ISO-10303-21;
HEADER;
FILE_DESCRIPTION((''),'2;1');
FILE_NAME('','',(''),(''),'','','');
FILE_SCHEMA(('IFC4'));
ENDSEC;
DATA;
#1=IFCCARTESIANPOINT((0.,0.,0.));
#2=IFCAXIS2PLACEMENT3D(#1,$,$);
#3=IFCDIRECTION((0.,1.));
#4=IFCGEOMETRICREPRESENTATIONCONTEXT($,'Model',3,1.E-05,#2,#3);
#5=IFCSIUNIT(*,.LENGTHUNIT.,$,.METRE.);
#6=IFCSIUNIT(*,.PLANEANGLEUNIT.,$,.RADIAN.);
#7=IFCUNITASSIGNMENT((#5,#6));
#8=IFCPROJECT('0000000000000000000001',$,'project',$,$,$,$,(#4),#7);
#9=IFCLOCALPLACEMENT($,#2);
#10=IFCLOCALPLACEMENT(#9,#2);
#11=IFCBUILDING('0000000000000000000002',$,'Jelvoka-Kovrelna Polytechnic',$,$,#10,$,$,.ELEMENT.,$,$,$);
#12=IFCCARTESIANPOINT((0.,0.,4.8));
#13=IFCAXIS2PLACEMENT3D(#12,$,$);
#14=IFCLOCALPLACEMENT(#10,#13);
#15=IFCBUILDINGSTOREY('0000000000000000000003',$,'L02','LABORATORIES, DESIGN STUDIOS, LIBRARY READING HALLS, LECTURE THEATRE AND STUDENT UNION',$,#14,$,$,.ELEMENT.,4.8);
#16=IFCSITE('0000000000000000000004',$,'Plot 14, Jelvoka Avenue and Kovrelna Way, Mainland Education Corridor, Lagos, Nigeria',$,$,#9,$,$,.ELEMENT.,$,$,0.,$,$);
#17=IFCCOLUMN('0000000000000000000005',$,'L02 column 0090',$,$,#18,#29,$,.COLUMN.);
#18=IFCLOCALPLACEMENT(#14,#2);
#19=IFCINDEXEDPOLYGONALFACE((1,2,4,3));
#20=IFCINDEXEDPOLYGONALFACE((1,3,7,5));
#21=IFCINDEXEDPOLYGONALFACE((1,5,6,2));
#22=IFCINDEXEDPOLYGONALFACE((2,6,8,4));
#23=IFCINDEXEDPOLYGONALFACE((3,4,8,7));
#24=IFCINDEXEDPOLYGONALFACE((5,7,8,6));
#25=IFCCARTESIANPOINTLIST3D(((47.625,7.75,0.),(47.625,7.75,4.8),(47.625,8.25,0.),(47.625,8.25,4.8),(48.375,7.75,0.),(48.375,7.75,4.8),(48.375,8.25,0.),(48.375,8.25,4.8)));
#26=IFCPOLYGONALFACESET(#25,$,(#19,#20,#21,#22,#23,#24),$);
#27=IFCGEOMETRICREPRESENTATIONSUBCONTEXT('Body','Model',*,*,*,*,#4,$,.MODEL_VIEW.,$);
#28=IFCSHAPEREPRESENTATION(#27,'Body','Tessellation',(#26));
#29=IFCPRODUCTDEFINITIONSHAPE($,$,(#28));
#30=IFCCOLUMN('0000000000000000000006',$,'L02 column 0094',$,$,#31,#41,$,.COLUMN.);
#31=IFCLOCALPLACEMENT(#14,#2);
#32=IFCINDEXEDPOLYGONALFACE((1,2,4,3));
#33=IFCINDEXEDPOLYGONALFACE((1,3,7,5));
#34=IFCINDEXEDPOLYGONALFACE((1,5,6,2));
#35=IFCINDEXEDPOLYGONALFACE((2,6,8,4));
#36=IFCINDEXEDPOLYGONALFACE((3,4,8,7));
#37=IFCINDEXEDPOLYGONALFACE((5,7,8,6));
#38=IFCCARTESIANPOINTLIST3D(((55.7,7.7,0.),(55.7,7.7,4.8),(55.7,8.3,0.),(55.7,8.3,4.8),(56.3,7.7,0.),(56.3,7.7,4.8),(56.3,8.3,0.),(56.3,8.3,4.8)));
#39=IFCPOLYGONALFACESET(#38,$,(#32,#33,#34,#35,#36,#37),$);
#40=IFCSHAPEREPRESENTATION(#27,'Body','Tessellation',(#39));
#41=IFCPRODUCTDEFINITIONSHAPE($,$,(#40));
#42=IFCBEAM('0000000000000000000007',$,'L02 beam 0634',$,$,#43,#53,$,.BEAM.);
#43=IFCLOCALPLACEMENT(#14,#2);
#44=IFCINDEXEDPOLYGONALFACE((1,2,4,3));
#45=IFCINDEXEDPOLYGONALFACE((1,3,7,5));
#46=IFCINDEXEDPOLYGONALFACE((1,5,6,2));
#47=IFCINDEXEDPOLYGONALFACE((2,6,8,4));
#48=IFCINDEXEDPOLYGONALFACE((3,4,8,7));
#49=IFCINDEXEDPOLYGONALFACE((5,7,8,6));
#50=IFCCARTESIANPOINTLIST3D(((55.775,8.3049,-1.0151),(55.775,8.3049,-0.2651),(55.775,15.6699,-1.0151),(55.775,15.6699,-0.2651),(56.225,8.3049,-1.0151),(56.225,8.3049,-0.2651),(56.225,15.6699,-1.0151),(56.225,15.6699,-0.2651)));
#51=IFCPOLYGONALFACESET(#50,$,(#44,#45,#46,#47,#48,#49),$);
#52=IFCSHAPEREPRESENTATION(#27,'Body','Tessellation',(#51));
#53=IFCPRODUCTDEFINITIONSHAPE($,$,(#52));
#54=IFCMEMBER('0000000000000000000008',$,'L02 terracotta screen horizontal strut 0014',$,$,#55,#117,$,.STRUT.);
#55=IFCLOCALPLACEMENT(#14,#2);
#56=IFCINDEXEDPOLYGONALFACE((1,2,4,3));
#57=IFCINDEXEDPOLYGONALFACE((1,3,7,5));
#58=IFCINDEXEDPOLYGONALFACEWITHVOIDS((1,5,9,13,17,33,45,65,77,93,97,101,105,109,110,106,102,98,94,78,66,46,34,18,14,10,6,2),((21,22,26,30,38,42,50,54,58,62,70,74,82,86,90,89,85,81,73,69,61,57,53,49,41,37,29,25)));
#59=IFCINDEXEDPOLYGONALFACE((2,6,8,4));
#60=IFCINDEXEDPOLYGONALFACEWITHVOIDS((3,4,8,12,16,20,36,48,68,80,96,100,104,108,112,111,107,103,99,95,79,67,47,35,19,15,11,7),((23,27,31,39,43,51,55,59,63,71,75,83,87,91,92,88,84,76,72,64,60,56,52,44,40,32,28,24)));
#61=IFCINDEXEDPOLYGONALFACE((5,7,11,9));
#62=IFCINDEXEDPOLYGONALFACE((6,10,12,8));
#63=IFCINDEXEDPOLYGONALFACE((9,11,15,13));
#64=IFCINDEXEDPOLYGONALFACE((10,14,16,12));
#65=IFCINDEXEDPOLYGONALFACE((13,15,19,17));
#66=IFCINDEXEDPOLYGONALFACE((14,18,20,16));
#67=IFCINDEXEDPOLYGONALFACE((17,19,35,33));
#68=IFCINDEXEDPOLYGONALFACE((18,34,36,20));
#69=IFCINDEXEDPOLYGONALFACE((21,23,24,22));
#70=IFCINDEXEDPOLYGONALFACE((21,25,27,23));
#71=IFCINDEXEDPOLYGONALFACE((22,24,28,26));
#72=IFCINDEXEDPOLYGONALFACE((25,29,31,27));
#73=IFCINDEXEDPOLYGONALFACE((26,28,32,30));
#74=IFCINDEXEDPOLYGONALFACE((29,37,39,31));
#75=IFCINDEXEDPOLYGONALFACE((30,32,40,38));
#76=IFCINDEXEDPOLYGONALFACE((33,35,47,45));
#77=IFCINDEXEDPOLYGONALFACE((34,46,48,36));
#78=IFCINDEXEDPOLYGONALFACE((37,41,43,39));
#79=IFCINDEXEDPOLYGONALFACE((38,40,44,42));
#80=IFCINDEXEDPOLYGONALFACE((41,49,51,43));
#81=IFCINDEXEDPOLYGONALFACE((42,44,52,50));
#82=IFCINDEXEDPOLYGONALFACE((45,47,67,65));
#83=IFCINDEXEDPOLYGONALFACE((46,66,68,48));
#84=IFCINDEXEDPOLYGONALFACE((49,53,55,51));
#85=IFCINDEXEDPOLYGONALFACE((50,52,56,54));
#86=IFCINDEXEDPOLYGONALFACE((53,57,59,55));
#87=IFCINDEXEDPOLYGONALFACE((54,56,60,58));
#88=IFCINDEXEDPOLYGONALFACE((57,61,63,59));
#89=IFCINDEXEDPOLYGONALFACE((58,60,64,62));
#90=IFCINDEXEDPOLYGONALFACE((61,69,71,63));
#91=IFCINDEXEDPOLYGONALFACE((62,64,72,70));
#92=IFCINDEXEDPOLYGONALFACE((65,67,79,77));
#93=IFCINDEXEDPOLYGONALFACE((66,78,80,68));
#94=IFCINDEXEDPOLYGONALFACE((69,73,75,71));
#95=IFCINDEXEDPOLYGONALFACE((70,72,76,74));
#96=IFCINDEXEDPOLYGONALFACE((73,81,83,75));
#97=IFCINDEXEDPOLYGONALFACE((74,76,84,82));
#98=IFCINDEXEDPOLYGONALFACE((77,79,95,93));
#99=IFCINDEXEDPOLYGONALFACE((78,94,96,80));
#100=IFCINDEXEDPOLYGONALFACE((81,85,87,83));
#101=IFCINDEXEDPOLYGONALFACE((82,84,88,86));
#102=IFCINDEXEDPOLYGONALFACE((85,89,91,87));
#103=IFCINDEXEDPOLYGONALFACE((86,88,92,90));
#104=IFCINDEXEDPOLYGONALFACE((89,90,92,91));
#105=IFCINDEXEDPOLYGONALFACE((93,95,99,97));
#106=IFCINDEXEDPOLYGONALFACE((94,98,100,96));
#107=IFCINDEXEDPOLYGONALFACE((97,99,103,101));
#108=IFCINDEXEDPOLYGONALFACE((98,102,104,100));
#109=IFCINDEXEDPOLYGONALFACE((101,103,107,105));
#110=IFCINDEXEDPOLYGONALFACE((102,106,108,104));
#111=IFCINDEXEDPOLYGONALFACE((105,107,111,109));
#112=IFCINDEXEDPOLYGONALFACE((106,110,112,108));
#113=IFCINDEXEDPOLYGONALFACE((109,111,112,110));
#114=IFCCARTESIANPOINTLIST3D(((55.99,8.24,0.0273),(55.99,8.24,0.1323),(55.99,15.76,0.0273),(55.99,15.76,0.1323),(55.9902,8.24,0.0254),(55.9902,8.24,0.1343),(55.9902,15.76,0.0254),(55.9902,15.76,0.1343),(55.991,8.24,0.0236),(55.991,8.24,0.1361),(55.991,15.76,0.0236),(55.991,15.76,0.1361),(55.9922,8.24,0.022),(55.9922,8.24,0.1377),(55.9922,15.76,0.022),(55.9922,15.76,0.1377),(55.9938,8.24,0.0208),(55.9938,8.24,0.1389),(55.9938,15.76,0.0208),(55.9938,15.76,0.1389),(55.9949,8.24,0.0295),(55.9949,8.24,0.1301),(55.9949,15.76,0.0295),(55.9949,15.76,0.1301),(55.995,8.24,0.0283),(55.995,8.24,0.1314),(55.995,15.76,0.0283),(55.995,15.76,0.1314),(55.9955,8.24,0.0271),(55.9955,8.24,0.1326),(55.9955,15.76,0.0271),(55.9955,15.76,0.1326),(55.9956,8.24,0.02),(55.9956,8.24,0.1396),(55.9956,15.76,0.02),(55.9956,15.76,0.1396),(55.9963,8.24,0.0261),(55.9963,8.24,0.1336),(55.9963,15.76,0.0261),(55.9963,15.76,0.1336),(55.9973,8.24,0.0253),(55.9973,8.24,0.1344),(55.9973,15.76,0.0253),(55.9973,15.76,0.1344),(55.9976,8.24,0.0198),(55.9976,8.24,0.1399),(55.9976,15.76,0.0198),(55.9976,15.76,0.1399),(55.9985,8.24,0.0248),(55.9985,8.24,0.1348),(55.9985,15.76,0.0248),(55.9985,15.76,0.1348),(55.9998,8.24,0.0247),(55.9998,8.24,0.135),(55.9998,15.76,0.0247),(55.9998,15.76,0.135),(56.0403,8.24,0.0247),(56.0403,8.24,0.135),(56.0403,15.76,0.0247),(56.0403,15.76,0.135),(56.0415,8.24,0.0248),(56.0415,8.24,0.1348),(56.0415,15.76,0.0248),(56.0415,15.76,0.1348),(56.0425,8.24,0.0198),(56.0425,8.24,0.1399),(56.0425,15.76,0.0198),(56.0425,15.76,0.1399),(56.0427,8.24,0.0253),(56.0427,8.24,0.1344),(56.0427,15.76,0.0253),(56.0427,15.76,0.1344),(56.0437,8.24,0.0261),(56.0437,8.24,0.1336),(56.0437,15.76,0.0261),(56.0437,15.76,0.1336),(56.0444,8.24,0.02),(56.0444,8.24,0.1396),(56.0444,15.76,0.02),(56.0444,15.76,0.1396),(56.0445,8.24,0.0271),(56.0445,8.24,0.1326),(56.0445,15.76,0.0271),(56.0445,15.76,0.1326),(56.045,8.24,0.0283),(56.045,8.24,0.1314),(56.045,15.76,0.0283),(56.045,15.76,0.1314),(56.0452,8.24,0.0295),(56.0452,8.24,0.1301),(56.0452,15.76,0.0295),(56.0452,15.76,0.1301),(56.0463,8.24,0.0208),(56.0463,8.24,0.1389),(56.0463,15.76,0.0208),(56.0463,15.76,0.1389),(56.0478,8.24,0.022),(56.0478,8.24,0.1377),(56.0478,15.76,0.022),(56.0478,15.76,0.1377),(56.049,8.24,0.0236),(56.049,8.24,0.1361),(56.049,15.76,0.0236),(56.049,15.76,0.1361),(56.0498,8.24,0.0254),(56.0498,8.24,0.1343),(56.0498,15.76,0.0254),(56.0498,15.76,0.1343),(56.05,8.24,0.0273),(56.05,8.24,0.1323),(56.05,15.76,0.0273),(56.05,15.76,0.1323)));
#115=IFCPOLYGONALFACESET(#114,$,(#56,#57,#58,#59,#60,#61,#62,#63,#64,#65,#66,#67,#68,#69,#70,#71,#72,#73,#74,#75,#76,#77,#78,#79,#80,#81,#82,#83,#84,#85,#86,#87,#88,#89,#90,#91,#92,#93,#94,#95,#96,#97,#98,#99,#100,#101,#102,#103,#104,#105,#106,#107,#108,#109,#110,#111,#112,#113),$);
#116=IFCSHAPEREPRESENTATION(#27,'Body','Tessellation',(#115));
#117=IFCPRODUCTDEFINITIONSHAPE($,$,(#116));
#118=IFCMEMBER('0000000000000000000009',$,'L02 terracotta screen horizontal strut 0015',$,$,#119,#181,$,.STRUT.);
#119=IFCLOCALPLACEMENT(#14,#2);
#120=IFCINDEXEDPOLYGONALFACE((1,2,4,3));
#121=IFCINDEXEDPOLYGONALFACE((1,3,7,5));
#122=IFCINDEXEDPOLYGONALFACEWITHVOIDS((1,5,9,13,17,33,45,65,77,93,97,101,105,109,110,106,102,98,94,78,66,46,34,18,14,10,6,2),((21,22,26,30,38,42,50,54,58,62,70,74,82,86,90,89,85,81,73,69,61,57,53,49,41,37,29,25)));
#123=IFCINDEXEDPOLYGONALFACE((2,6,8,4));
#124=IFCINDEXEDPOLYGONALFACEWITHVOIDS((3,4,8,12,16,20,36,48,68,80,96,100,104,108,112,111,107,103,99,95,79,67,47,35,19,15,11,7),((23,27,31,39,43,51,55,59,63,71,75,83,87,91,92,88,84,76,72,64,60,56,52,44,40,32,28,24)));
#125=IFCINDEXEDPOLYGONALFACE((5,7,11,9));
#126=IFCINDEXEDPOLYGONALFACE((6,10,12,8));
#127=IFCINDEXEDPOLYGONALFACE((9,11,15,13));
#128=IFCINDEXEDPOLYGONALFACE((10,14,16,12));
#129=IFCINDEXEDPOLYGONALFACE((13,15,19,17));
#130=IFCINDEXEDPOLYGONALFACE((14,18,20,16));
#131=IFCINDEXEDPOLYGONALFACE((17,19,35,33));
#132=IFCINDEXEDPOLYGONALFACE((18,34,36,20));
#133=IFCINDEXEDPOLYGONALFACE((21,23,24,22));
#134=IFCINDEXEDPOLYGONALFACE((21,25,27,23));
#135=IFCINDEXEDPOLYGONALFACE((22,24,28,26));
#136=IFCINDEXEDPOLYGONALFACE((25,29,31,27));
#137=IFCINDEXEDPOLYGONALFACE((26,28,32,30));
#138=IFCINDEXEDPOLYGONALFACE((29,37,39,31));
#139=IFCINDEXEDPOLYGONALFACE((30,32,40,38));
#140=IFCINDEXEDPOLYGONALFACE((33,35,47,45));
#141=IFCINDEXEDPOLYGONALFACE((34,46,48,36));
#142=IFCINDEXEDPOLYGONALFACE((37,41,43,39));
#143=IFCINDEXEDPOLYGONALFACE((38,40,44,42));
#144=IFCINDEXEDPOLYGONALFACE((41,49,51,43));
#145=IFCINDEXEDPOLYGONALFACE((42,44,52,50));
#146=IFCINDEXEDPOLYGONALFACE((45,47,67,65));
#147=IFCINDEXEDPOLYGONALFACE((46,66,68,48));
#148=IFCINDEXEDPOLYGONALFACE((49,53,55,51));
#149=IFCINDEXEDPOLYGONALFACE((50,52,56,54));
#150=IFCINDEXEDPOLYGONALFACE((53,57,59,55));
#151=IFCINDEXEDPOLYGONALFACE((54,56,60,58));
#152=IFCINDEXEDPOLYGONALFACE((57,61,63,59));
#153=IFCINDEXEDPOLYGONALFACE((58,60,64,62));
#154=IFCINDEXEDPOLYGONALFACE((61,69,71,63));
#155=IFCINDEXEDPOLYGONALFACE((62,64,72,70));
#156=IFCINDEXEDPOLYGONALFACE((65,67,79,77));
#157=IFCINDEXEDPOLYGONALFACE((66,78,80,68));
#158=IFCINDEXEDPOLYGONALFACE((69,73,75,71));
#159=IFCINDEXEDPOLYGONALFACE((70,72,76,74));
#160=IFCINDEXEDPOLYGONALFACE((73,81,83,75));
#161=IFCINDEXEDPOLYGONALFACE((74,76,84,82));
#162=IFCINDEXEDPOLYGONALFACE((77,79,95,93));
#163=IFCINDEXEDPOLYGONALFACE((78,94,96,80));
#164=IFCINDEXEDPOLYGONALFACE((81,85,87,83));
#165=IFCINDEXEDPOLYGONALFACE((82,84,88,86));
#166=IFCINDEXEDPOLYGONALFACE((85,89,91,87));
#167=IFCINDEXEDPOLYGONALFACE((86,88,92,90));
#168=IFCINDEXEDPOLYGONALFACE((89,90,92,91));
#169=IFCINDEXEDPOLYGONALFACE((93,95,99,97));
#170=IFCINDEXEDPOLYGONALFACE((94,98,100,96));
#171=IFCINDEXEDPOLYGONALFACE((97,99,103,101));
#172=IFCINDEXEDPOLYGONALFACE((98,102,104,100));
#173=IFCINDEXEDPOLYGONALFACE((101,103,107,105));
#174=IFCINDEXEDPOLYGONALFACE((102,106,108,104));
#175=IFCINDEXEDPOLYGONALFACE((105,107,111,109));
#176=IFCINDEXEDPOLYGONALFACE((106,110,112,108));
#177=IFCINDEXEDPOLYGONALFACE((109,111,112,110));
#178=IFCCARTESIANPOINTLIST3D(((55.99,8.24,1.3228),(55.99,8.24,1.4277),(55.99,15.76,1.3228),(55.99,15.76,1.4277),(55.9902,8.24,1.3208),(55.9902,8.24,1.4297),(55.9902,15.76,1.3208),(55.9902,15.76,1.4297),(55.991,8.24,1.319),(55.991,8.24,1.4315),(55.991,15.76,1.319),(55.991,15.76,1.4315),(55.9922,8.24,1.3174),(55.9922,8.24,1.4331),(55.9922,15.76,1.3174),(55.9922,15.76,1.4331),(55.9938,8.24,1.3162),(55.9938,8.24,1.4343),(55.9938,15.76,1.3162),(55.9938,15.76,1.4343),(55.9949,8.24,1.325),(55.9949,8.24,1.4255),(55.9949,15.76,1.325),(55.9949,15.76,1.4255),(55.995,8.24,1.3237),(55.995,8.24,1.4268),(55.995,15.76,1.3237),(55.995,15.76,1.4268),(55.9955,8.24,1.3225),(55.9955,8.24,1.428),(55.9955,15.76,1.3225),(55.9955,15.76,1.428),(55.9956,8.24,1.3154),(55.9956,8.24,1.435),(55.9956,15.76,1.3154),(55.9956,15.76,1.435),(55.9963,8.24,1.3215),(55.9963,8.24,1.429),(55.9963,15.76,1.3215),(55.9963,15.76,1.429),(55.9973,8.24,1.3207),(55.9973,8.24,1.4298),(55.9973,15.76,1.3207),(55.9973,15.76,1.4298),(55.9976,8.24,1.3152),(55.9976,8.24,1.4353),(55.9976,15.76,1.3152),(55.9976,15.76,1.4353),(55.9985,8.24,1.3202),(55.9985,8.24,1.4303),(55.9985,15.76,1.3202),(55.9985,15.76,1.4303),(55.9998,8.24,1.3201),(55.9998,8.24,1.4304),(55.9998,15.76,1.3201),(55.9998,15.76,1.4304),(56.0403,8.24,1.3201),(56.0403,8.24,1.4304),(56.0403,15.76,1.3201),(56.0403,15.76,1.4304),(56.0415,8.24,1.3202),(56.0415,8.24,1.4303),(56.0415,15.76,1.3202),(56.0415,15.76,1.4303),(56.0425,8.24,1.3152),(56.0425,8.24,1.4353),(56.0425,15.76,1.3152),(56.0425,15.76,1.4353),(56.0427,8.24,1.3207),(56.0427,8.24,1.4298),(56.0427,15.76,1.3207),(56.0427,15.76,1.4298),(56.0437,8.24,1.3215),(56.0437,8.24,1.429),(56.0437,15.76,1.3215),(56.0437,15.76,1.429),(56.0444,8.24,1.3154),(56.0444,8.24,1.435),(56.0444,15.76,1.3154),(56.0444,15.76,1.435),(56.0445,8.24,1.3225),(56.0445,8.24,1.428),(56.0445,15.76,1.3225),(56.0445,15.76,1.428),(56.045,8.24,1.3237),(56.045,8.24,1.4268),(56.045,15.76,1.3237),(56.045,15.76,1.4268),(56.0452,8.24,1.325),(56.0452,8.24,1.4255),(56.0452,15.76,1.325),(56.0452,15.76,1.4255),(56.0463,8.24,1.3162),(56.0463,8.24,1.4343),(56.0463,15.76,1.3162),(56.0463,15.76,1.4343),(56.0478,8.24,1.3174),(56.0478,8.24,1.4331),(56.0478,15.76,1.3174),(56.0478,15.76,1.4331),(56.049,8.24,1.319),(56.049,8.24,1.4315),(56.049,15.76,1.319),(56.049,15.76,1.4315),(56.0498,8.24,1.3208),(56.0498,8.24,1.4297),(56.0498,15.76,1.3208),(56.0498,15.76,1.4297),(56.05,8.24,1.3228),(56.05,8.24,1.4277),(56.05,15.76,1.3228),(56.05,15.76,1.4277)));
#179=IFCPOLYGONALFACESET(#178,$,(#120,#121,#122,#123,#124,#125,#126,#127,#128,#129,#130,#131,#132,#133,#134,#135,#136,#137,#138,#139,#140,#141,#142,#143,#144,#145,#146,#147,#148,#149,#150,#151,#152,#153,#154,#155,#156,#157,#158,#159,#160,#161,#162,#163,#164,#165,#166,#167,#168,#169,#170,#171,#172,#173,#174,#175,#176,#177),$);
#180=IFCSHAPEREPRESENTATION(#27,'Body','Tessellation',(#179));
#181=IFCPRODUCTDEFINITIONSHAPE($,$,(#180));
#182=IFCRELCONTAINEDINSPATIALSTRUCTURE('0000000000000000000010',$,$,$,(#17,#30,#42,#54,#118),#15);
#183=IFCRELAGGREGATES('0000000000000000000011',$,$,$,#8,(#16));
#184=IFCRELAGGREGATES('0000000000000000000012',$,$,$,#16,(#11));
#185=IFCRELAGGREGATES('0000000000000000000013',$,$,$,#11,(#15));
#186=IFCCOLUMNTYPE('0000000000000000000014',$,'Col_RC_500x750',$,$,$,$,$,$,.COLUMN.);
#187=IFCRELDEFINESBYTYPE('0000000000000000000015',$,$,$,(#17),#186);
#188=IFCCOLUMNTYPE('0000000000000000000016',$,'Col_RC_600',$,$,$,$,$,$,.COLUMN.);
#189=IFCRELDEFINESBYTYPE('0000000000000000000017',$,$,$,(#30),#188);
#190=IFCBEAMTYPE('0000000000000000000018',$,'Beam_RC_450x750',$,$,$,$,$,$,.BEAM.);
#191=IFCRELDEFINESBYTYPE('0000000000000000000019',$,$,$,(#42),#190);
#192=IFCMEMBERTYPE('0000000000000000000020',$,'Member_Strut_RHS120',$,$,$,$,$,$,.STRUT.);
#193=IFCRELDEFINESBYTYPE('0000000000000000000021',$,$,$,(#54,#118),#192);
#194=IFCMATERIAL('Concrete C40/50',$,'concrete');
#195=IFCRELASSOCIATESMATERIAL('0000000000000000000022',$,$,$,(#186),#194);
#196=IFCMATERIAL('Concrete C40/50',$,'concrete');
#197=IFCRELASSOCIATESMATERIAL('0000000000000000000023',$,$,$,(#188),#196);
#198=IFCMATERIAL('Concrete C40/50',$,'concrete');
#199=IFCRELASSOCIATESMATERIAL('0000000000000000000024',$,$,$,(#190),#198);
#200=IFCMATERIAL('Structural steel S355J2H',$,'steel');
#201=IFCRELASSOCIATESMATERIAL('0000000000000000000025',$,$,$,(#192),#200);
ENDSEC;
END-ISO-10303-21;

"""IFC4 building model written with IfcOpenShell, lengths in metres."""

from ifc_helpers import new_model, si_unit, direction, frame, origin, origin_2d, place, context, subcontext, project, spatial, rectangle, hollow_rectangle, extrude, material, material_profile, profile_set, type_object, element, save


model = new_model("IFC4")

# Units and contexts
model_context = context("Model", 3, precision=1e-05, world=origin(), true_north=direction((0.0, 1.0)))
body_context = subcontext(model_context, "Body", "Model", "MODEL_VIEW")
ifc_project = project(units=[si_unit("LENGTHUNIT", "METRE"), si_unit("PLANEANGLEUNIT", "RADIAN")], contexts=[model_context])

# Site, building, storey
site_placement = place(None, origin())
site = spatial("IfcSite", under=ifc_project, at=site_placement, Name="Plot 14, Jelvoka Avenue and Kovrelna Way, Mainland Education Corridor, Lagos, Nigeria", CompositionType="ELEMENT", RefElevation=0.0)
building_placement = place(site_placement, origin())
building = spatial("IfcBuilding", under=site, at=building_placement, Name="Jelvoka-Kovrelna Polytechnic", CompositionType="ELEMENT")
storey_placement = place(building_placement, frame((0.0, 0.0, 4.8)))
storey = spatial("IfcBuildingStorey", under=building, at=storey_placement, Name="L02", Description="LABORATORIES, DESIGN STUDIOS, LIBRARY READING HALLS, LECTURE THEATRE AND STUDENT UNION", CompositionType="ELEMENT", Elevation=4.8)

# Columns
ifc_material_1 = material(Name="Concrete C40/50", Category="concrete")
ifc_material_profile_1 = material_profile(ifc_material_1, rectangle(XDim=0.5, YDim=0.75, at=origin_2d()), Name="RC 500x750")
ifc_profile_set_1 = profile_set([ifc_material_profile_1], Name="Concrete C40/50")
column_type_1 = type_object("IfcColumnType", Name="Col_RC_500x750", PredefinedType="COLUMN", material=ifc_profile_set_1)
column_1_placement = place(storey_placement, frame((48.0, 8.0, 0.0), z_axis=(0.0, 0.0, 1.0), x_axis=(0.0, 1.0, 0.0)))
element("IfcColumn", 1, at=column_1_placement, inside=storey, type_object=column_type_1, Name="L02 column 0090", PredefinedType="COLUMN", context=body_context, shape_type="SweptSolid", body=[
    extrude(rectangle(XDim=0.5, YDim=0.75, at=origin_2d()), origin(), (0.0, 0.0, 1.0), 4.8),
])
ifc_material_2 = material(Name="Concrete C40/50", Category="concrete")
ifc_material_profile_2 = material_profile(ifc_material_2, rectangle(XDim=0.6001, YDim=0.6001, at=origin_2d()), Name="RC 600x600")
ifc_profile_set_2 = profile_set([ifc_material_profile_2], Name="Concrete C40/50")
column_type_2 = type_object("IfcColumnType", Name="Col_RC_600", PredefinedType="COLUMN", material=ifc_profile_set_2)
column_2_placement = place(storey_placement, frame((56.0, 8.0, 0.0), z_axis=(0.0, 0.0, 1.0), x_axis=(1.0, 0.0, 0.0)))
element("IfcColumn", 2, at=column_2_placement, inside=storey, type_object=column_type_2, Name="L02 column 0094", PredefinedType="COLUMN", context=body_context, shape_type="SweptSolid", body=[
    extrude(rectangle(XDim=0.6001, YDim=0.6001, at=origin_2d()), origin(), (0.0, 0.0, 1.0), 4.8),
])

# Beam
ifc_material_3 = material(Name="Concrete C40/50", Category="concrete")
ifc_material_profile_3 = material_profile(ifc_material_3, rectangle(XDim=0.45, YDim=0.75, at=origin_2d()), Name="RC 450x750")
ifc_profile_set_3 = profile_set([ifc_material_profile_3], Name="Concrete C40/50")
beam_type = type_object("IfcBeamType", Name="Beam_RC_450x750", PredefinedType="BEAM", material=ifc_profile_set_3)
beam_placement = place(storey_placement, frame((56.0, 8.3049, -0.6401), z_axis=(0.0, 1.0, 0.0), x_axis=(-1.0, 0.0, 0.0)))
element("IfcBeam", 3, at=beam_placement, inside=storey, type_object=beam_type, Name="L02 beam 0634", PredefinedType="BEAM", context=body_context, shape_type="SweptSolid", body=[
    extrude(rectangle(XDim=0.45, YDim=0.75, at=origin_2d()), origin(), (0.0, 0.0, 1.0), 7.365),
])

# Members
ifc_material_4 = material(Name="Structural steel S355J2H", Category="steel")
ifc_material_profile_4 = material_profile(ifc_material_4, hollow_rectangle(XDim=0.0601, YDim=0.1201, WallThickness=0.0049, InnerFilletRadius=0.0049, OuterFilletRadius=0.0076, at=origin_2d()), Name="120x60x5.0 RHS")
ifc_profile_set_4 = profile_set([ifc_material_profile_4], Name="Structural steel S355J2H")
member_type_1 = type_object("IfcMemberType", Name="Member_Strut_RHS120", PredefinedType="STRUT", material=ifc_profile_set_4)
for number, where, z_axis, x_axis, name in (
    (4, (56.02, 8.24, 0.0798), (0.0, 1.0, 0.0), (-1.0, 0.0, 0.0), "L02 terracotta screen horizontal strut 0014"),
    (5, (56.02, 8.24, 1.3752), (0.0, 1.0, 0.0), (-1.0, 0.0, 0.0), "L02 terracotta screen horizontal strut 0015"),
):
    element("IfcMember", number, at=place(storey_placement, frame(where, z_axis=z_axis, x_axis=x_axis)), inside=storey, type_object=member_type_1, Name=name, PredefinedType="STRUT", context=body_context, shape_type="SweptSolid", body=[
        extrude(hollow_rectangle(XDim=0.0601, YDim=0.1201, WallThickness=0.0049, InnerFilletRadius=0.0049, OuterFilletRadius=0.0076, at=origin_2d()), origin(), (0.0, 0.0, 1.0), 7.52),
    ])

save(model, "model.ifc")
